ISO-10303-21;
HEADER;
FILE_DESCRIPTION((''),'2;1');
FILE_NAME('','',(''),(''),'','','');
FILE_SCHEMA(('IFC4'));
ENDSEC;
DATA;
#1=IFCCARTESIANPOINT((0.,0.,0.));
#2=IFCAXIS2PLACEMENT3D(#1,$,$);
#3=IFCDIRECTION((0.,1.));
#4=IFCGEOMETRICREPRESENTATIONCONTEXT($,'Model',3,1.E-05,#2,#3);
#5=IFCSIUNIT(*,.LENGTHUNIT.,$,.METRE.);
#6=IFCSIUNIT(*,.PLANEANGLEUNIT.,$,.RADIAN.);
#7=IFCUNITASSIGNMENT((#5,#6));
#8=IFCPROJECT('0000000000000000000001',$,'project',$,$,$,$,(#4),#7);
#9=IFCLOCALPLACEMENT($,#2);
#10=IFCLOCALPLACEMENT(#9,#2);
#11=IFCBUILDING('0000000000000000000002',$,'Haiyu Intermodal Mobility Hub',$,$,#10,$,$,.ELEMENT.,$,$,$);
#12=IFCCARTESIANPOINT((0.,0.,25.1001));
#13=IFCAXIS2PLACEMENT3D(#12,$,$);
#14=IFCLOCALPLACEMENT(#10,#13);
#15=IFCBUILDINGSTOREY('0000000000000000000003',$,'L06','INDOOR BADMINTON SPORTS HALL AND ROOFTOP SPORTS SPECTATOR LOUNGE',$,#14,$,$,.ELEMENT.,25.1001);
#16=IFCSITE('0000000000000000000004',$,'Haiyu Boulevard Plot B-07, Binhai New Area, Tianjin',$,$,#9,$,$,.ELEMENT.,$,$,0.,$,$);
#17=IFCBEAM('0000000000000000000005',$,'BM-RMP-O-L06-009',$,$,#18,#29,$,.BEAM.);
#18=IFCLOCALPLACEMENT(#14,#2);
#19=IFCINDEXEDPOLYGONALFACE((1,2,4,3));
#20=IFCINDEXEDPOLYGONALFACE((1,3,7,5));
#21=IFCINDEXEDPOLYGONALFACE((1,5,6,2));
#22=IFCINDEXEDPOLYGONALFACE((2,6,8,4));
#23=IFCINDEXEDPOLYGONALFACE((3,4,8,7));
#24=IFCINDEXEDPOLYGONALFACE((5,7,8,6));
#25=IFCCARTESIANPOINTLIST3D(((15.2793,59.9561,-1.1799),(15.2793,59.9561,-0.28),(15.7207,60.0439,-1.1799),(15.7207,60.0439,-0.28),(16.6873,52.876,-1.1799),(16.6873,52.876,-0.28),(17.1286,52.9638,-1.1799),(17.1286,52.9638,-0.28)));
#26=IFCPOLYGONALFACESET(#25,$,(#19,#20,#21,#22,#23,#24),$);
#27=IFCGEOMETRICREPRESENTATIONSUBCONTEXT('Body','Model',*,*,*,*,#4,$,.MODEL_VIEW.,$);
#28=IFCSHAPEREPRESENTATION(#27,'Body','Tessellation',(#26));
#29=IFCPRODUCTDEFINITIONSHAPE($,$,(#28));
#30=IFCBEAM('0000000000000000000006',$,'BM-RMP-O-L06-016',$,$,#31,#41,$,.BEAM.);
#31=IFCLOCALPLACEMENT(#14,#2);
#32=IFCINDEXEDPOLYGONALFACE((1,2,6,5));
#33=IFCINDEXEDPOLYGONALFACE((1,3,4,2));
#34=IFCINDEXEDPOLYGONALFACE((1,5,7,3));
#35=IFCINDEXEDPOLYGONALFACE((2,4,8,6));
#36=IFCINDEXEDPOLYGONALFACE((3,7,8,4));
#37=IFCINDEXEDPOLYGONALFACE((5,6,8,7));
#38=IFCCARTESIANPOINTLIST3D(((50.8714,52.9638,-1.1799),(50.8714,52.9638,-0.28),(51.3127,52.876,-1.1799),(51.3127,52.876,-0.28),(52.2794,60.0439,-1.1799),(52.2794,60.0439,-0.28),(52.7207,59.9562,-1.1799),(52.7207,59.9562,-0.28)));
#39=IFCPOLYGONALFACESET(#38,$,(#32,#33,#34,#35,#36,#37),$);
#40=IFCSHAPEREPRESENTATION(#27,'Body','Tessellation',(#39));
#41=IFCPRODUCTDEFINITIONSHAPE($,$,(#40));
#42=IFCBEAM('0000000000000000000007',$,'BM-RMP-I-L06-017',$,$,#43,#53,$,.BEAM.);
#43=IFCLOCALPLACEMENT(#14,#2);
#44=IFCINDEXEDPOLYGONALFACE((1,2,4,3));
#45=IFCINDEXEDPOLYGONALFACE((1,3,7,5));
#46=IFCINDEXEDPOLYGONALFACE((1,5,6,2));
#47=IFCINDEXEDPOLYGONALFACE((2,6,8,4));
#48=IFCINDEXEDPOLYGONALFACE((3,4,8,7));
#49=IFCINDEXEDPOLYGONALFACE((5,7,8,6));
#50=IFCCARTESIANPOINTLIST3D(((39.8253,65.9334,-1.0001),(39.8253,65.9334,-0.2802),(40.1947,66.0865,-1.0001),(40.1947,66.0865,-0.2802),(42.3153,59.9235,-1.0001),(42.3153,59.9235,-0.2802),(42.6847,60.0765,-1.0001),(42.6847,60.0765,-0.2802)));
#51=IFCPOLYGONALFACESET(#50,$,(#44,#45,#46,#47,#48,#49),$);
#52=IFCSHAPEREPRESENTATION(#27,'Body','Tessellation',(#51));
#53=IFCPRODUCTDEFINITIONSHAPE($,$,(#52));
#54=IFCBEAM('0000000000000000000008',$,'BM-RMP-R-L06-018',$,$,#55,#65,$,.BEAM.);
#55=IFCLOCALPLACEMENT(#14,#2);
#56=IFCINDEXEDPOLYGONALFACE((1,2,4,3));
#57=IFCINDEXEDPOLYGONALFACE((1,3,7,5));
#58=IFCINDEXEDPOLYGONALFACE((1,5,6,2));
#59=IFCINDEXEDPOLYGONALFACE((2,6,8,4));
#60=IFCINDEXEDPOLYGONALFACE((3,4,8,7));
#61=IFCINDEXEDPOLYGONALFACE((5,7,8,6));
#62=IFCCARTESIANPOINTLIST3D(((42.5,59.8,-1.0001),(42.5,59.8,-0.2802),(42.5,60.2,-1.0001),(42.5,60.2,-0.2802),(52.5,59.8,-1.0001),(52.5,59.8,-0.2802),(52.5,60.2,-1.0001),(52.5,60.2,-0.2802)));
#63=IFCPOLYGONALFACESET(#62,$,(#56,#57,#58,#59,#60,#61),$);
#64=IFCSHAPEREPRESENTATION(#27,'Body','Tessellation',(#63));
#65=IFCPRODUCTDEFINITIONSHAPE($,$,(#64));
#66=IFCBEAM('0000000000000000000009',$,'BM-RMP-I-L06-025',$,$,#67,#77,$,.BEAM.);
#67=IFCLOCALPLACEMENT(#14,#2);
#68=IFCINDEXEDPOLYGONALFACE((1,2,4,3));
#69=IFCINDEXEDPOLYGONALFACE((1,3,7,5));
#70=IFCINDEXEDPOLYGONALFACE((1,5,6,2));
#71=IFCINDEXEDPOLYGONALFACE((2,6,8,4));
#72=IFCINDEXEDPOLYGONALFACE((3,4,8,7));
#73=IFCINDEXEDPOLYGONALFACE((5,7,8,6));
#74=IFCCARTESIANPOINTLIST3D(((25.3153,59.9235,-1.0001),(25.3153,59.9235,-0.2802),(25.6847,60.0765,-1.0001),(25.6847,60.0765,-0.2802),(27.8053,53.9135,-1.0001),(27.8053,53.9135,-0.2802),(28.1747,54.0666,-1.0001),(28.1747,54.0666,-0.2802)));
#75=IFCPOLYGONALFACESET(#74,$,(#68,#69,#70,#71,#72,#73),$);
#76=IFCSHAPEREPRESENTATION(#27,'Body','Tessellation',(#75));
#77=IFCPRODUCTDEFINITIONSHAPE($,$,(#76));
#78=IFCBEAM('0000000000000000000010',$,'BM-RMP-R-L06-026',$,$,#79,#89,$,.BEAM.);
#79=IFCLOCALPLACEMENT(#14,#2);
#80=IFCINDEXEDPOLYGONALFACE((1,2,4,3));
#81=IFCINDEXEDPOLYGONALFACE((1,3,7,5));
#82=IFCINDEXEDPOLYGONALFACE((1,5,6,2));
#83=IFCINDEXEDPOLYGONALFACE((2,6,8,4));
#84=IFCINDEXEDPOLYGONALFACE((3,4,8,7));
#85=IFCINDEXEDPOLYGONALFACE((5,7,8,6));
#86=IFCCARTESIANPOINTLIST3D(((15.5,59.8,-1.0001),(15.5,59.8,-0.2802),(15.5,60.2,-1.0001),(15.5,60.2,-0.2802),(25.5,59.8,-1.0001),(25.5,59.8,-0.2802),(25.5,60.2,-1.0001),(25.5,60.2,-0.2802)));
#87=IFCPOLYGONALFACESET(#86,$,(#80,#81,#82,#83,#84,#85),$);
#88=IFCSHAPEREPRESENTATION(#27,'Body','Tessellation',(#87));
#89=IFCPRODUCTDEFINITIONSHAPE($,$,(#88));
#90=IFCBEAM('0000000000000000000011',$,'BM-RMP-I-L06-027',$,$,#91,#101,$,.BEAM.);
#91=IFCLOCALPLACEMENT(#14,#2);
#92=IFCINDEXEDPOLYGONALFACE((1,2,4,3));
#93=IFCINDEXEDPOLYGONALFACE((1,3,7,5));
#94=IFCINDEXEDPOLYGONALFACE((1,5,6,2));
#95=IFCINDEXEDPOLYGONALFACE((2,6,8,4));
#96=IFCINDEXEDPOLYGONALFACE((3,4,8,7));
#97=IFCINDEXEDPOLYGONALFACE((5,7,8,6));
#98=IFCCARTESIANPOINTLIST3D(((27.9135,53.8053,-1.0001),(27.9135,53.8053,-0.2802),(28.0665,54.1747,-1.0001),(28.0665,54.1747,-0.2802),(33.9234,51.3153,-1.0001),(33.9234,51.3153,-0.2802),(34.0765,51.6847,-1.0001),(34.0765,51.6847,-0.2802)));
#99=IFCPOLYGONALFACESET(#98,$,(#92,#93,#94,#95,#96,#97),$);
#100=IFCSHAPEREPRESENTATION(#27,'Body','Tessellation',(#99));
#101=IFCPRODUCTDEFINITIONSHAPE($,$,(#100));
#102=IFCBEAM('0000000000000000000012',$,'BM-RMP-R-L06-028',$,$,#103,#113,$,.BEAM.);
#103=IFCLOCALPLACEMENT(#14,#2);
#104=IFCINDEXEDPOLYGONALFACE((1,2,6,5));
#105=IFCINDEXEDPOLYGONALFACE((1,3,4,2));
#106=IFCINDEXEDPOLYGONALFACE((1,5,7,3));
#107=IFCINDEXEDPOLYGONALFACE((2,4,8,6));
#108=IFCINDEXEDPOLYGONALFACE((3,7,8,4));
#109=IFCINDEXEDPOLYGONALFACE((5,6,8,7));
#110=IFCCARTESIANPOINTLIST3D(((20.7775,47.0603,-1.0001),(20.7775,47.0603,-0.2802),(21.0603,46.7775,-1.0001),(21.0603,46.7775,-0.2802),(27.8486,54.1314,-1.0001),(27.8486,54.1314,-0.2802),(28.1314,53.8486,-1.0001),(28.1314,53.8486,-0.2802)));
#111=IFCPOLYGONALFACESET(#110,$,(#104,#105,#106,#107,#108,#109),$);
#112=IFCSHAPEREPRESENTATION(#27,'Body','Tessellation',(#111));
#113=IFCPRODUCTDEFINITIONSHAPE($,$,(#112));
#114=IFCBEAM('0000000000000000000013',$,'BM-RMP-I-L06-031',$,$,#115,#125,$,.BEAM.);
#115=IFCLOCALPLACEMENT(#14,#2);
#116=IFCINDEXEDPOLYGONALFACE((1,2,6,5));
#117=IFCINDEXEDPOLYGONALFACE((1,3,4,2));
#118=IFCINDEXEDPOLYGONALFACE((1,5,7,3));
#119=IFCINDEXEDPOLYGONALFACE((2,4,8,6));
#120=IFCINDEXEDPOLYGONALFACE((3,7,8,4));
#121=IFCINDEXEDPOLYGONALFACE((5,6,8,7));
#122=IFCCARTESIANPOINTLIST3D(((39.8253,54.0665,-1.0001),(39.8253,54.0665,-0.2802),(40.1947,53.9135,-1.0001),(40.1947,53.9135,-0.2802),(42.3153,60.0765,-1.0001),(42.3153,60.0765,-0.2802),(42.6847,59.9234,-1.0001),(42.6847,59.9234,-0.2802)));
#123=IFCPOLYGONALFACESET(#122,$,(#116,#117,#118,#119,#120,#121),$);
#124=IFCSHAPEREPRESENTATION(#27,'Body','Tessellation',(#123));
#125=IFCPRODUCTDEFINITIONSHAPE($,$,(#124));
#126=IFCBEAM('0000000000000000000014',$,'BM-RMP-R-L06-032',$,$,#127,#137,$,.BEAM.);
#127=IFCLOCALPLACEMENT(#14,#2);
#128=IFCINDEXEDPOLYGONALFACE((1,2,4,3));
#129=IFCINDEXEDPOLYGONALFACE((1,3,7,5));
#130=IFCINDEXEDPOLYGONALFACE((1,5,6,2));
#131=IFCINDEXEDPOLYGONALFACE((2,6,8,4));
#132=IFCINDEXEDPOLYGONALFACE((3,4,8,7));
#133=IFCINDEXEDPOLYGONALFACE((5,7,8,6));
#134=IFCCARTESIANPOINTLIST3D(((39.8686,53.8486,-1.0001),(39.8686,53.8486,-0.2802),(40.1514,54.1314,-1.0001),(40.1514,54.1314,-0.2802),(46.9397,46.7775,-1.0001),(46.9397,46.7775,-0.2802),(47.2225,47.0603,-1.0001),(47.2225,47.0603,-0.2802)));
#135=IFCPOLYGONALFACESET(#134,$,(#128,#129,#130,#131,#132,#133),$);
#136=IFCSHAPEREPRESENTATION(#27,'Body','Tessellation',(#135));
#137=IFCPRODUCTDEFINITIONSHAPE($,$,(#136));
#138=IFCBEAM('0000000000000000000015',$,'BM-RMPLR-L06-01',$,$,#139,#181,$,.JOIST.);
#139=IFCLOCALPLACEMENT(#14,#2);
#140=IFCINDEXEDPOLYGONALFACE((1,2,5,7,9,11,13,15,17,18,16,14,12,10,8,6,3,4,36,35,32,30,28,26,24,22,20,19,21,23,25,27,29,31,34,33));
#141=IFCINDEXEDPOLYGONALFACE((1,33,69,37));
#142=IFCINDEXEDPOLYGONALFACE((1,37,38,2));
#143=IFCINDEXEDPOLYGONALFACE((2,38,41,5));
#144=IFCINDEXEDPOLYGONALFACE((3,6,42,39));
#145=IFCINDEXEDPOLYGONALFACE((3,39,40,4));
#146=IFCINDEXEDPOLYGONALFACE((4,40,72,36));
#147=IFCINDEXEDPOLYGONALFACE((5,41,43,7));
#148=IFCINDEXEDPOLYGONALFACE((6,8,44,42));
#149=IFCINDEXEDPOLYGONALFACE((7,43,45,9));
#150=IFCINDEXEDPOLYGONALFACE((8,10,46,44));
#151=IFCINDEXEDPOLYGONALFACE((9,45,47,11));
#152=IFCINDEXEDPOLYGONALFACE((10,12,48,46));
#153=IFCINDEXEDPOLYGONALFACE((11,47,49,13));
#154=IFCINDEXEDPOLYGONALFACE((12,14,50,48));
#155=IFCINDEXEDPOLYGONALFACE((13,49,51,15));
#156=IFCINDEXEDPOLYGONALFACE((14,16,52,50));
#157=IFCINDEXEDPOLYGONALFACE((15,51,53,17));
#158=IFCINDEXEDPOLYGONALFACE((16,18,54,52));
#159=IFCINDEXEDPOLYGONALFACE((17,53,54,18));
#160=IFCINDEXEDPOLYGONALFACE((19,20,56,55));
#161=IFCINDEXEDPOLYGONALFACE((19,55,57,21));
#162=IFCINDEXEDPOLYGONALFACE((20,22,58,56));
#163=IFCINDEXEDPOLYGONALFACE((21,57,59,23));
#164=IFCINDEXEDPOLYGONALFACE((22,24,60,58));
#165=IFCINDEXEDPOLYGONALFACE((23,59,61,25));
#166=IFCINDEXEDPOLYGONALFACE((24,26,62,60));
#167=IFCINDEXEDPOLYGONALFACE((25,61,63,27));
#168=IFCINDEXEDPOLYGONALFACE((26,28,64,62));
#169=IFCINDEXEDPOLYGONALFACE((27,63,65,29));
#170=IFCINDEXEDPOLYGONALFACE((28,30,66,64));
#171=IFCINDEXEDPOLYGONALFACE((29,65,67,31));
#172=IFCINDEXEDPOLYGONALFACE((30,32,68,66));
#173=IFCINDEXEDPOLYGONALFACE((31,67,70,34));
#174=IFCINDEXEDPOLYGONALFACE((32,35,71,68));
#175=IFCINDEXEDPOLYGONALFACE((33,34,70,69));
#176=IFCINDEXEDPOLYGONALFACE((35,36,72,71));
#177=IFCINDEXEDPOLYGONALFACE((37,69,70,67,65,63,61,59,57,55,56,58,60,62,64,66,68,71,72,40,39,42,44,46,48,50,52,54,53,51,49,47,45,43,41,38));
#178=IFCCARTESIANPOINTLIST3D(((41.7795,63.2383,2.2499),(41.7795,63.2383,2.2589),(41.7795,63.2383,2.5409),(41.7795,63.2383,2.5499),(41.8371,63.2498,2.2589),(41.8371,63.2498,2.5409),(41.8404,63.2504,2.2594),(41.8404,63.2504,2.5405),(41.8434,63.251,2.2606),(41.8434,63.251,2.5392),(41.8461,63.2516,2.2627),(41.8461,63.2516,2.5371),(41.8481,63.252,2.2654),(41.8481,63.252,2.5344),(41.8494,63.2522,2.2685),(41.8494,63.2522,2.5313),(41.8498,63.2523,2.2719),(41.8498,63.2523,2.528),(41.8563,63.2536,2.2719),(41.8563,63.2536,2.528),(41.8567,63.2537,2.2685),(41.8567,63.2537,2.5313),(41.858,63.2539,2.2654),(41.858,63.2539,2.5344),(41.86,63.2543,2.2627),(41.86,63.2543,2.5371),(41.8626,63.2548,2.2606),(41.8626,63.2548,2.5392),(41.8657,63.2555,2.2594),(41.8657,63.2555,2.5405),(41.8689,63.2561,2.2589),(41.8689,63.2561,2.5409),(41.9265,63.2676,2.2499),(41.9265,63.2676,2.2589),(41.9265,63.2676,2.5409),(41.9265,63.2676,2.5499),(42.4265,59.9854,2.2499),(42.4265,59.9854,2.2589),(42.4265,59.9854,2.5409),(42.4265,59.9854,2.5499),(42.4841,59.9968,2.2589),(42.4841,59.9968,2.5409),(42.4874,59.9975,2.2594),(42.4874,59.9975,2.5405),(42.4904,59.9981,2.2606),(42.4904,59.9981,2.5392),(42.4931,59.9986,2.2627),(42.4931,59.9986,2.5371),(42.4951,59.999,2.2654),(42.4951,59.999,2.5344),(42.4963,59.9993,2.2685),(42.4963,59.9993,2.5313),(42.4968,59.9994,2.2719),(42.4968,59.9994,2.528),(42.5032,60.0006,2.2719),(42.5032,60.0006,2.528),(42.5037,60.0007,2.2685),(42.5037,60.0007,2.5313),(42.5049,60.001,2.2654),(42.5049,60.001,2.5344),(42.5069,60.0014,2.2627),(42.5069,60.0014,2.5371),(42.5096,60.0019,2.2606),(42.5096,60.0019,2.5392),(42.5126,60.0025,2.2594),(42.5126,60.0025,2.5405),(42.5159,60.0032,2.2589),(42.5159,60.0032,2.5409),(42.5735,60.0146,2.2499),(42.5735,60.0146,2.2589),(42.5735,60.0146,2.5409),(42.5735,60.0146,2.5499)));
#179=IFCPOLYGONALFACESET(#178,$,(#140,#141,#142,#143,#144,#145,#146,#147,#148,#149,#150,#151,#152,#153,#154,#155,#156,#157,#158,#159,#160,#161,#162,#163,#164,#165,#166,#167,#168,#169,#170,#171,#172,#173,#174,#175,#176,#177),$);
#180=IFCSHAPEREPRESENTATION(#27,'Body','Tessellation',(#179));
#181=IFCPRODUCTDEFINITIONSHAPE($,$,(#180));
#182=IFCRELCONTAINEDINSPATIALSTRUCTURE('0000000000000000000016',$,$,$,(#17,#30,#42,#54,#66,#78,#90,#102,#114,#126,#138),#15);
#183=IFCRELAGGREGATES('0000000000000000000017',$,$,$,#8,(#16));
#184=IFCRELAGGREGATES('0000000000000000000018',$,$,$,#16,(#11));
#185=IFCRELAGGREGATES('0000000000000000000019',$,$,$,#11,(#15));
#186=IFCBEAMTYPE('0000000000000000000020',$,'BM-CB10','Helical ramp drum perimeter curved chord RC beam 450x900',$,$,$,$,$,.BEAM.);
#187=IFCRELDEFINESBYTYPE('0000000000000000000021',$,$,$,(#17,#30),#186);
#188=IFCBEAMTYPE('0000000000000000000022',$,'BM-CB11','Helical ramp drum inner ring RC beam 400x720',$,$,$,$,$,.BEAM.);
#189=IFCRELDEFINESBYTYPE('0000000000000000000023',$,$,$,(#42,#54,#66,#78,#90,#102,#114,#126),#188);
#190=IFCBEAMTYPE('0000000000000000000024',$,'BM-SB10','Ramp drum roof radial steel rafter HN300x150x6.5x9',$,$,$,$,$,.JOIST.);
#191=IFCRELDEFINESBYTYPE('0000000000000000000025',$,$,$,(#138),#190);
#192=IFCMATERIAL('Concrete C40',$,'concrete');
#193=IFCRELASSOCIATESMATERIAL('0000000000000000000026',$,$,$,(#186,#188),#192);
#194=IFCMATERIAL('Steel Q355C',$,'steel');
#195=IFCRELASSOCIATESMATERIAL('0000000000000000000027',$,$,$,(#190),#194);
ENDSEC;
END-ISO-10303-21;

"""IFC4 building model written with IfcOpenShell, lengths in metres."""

from ifc_helpers import new_model, si_unit, direction, frame, origin, origin_2d, place, context, subcontext, project, spatial, rectangle, i_section, extrude, material, material_profile, profile_set, type_object, element, save


model = new_model("IFC4")

# Units and contexts
model_context = context("Model", 3, precision=1e-05, world=origin(), true_north=direction((0.0, 1.0)))
body_context = subcontext(model_context, "Body", "Model", "MODEL_VIEW")
ifc_project = project(units=[si_unit("LENGTHUNIT", "METRE"), si_unit("PLANEANGLEUNIT", "RADIAN")], contexts=[model_context])

# Site, building, storey
site_placement = place(None, origin())
site = spatial("IfcSite", under=ifc_project, at=site_placement, Name="Haiyu Boulevard Plot B-07, Binhai New Area, Tianjin", CompositionType="ELEMENT", RefElevation=0.0)
building_placement = place(site_placement, origin())
building = spatial("IfcBuilding", under=site, at=building_placement, Name="Haiyu Intermodal Mobility Hub", CompositionType="ELEMENT")
storey_placement = place(building_placement, frame((0.0, 0.0, 25.1001)))
storey = spatial("IfcBuildingStorey", under=building, at=storey_placement, Name="L06", Description="INDOOR BADMINTON SPORTS HALL AND ROOFTOP SPORTS SPECTATOR LOUNGE", CompositionType="ELEMENT", Elevation=25.1001)

# Shared definitions
ifc_material_1 = material(Name="Steel Q355C", Category="steel")

# Beams
ifc_material_2 = material(Name="Concrete C40", Category="concrete")
ifc_material_profile_1 = material_profile(ifc_material_2, rectangle(XDim=0.45, YDim=0.8999, at=origin_2d()), Name="RCB450x900")
ifc_profile_set_1 = profile_set([ifc_material_profile_1], Name="Concrete C40")
beam_type_1 = type_object("IfcBeamType", Name="BM-CB10", Description="Helical ramp drum perimeter curved chord RC beam 450x900", PredefinedType="BEAM", material=ifc_profile_set_1)
for number, where, z_axis, x_axis, name in (
    (1, (15.5, 60.0, -0.73), (0.195043, -0.980795, 0.0), (0.980795, 0.195043, 0.0), "BM-RMP-O-L06-009"),
    (2, (51.092, 52.9199, -0.73), (0.195043, 0.980795, 0.0), (-0.980795, 0.195043, 0.0), "BM-RMP-O-L06-016"),
):
    element("IfcBeam", number, at=place(storey_placement, frame(where, z_axis=z_axis, x_axis=x_axis)), inside=storey, type_object=beam_type_1, Name=name, PredefinedType="BEAM", context=body_context, shape_type="SweptSolid", body=[
        extrude(rectangle(XDim=0.45, YDim=0.8999, at=origin_2d()), origin(), (0.0, 0.0, 1.0), 7.2188),
    ])
ifc_material_profile_2 = material_profile(ifc_material_2, rectangle(XDim=0.3999, YDim=0.72, at=origin_2d()), Name="RCB400x720")
ifc_profile_set_2 = profile_set([ifc_material_profile_2], Name="Concrete C40")
beam_type_2 = type_object("IfcBeamType", Name="BM-CB11", Description="Helical ramp drum inner ring RC beam 400x720", PredefinedType="BEAM", material=ifc_profile_set_2)
beam_1_placement = place(storey_placement, frame((42.5, 60.0, -0.6401), z_axis=(-0.382757, 0.923849, 0.0), x_axis=(-0.923849, -0.382757, 0.0)))
element("IfcBeam", 3, at=beam_1_placement, inside=storey, type_object=beam_type_2, Name="BM-RMP-I-L06-017", PredefinedType="BEAM", context=body_context, shape_type="SweptSolid", body=[
    extrude(rectangle(XDim=0.3999, YDim=0.72, at=origin_2d()), origin(), (0.0, 0.0, 1.0), 6.5054),
])
beam_2_placement = place(storey_placement, frame((42.5, 60.0, -0.6401), z_axis=(1.0, 0.0, 0.0), x_axis=(0.0, 1.0, 0.0)))
element("IfcBeam", 4, at=beam_2_placement, inside=storey, type_object=beam_type_2, Name="BM-RMP-R-L06-018", PredefinedType="BEAM", context=body_context, shape_type="SweptSolid", body=[
    extrude(rectangle(XDim=0.3999, YDim=0.72, at=origin_2d()), origin(), (0.0, 0.0, 1.0), 10.0),
])
beam_3_placement = place(storey_placement, frame((25.5, 60.0, -0.6401), z_axis=(0.382757, -0.923849, 0.0), x_axis=(0.923849, 0.382757, 0.0)))
element("IfcBeam", 5, at=beam_3_placement, inside=storey, type_object=beam_type_2, Name="BM-RMP-I-L06-025", PredefinedType="BEAM", context=body_context, shape_type="SweptSolid", body=[
    extrude(rectangle(XDim=0.3999, YDim=0.72, at=origin_2d()), origin(), (0.0, 0.0, 1.0), 6.5054),
])
beam_4_placement = place(storey_placement, frame((25.5, 60.0, -0.6401), z_axis=(-1.0, 0.0, 0.0), x_axis=(0.0, -1.0, 0.0)))
element("IfcBeam", 6, at=beam_4_placement, inside=storey, type_object=beam_type_2, Name="BM-RMP-R-L06-026", PredefinedType="BEAM", context=body_context, shape_type="SweptSolid", body=[
    extrude(rectangle(XDim=0.3999, YDim=0.72, at=origin_2d()), origin(), (0.0, 0.0, 1.0), 10.0),
])
beam_5_placement = place(storey_placement, frame((27.99, 53.99, -0.6401), z_axis=(0.923849, -0.382757, 0.0), x_axis=(0.382757, 0.923849, 0.0)))
element("IfcBeam", 7, at=beam_5_placement, inside=storey, type_object=beam_type_2, Name="BM-RMP-I-L06-027", PredefinedType="BEAM", context=body_context, shape_type="SweptSolid", body=[
    extrude(rectangle(XDim=0.3999, YDim=0.72, at=origin_2d()), origin(), (0.0, 0.0, 1.0), 6.5054),
])
beam_6_placement = place(storey_placement, frame((27.99, 53.99, -0.6401), z_axis=(-0.707107, -0.707107, 0.0), x_axis=(0.707107, -0.707107, 0.0)))
element("IfcBeam", 8, at=beam_6_placement, inside=storey, type_object=beam_type_2, Name="BM-RMP-R-L06-028", PredefinedType="BEAM", context=body_context, shape_type="SweptSolid", body=[
    extrude(rectangle(XDim=0.3999, YDim=0.72, at=origin_2d()), origin(), (0.0, 0.0, 1.0), 10.0),
])
beam_7_placement = place(storey_placement, frame((40.01, 53.99, -0.6401), z_axis=(0.382757, 0.923849, 0.0), x_axis=(-0.923849, 0.382757, 0.0)))
element("IfcBeam", 9, at=beam_7_placement, inside=storey, type_object=beam_type_2, Name="BM-RMP-I-L06-031", PredefinedType="BEAM", context=body_context, shape_type="SweptSolid", body=[
    extrude(rectangle(XDim=0.3999, YDim=0.72, at=origin_2d()), origin(), (0.0, 0.0, 1.0), 6.5054),
])
beam_8_placement = place(storey_placement, frame((40.01, 53.99, -0.6401), z_axis=(0.707107, -0.707107, 0.0), x_axis=(0.707107, 0.707107, 0.0)))
element("IfcBeam", 10, at=beam_8_placement, inside=storey, type_object=beam_type_2, Name="BM-RMP-R-L06-032", PredefinedType="BEAM", context=body_context, shape_type="SweptSolid", body=[
    extrude(rectangle(XDim=0.3999, YDim=0.72, at=origin_2d()), origin(), (0.0, 0.0, 1.0), 10.0),
])
ifc_material_profile_3 = material_profile(ifc_material_1, i_section(OverallWidth=0.1499, OverallDepth=0.3, WebThickness=0.0066, FlangeThickness=0.009, FilletRadius=0.0129, at=origin_2d()), Name="HN300x150x6.5x9")
ifc_profile_set_3 = profile_set([ifc_material_profile_3], Name="Steel Q355C")
beam_type_3 = type_object("IfcBeamType", Name="BM-SB10", Description="Ramp drum roof radial steel rafter HN300x150x6.5x9", PredefinedType="JOIST", material=ifc_profile_set_3)
beam_9_placement = place(storey_placement, frame((42.5, 60.0, 2.3999), z_axis=(-0.195068, 0.98079, 0.0), x_axis=(-0.98079, -0.195068, 0.0)))
element("IfcBeam", 11, at=beam_9_placement, inside=storey, type_object=beam_type_3, Name="BM-RMPLR-L06-01", PredefinedType="JOIST", context=body_context, shape_type="SweptSolid", body=[
    extrude(i_section(OverallWidth=0.1499, OverallDepth=0.3, WebThickness=0.0066, FlangeThickness=0.009, FilletRadius=0.0129, at=origin_2d()), origin(), (0.0, 0.0, 1.0), 3.3167),
])

save(model, "model.ifc")
